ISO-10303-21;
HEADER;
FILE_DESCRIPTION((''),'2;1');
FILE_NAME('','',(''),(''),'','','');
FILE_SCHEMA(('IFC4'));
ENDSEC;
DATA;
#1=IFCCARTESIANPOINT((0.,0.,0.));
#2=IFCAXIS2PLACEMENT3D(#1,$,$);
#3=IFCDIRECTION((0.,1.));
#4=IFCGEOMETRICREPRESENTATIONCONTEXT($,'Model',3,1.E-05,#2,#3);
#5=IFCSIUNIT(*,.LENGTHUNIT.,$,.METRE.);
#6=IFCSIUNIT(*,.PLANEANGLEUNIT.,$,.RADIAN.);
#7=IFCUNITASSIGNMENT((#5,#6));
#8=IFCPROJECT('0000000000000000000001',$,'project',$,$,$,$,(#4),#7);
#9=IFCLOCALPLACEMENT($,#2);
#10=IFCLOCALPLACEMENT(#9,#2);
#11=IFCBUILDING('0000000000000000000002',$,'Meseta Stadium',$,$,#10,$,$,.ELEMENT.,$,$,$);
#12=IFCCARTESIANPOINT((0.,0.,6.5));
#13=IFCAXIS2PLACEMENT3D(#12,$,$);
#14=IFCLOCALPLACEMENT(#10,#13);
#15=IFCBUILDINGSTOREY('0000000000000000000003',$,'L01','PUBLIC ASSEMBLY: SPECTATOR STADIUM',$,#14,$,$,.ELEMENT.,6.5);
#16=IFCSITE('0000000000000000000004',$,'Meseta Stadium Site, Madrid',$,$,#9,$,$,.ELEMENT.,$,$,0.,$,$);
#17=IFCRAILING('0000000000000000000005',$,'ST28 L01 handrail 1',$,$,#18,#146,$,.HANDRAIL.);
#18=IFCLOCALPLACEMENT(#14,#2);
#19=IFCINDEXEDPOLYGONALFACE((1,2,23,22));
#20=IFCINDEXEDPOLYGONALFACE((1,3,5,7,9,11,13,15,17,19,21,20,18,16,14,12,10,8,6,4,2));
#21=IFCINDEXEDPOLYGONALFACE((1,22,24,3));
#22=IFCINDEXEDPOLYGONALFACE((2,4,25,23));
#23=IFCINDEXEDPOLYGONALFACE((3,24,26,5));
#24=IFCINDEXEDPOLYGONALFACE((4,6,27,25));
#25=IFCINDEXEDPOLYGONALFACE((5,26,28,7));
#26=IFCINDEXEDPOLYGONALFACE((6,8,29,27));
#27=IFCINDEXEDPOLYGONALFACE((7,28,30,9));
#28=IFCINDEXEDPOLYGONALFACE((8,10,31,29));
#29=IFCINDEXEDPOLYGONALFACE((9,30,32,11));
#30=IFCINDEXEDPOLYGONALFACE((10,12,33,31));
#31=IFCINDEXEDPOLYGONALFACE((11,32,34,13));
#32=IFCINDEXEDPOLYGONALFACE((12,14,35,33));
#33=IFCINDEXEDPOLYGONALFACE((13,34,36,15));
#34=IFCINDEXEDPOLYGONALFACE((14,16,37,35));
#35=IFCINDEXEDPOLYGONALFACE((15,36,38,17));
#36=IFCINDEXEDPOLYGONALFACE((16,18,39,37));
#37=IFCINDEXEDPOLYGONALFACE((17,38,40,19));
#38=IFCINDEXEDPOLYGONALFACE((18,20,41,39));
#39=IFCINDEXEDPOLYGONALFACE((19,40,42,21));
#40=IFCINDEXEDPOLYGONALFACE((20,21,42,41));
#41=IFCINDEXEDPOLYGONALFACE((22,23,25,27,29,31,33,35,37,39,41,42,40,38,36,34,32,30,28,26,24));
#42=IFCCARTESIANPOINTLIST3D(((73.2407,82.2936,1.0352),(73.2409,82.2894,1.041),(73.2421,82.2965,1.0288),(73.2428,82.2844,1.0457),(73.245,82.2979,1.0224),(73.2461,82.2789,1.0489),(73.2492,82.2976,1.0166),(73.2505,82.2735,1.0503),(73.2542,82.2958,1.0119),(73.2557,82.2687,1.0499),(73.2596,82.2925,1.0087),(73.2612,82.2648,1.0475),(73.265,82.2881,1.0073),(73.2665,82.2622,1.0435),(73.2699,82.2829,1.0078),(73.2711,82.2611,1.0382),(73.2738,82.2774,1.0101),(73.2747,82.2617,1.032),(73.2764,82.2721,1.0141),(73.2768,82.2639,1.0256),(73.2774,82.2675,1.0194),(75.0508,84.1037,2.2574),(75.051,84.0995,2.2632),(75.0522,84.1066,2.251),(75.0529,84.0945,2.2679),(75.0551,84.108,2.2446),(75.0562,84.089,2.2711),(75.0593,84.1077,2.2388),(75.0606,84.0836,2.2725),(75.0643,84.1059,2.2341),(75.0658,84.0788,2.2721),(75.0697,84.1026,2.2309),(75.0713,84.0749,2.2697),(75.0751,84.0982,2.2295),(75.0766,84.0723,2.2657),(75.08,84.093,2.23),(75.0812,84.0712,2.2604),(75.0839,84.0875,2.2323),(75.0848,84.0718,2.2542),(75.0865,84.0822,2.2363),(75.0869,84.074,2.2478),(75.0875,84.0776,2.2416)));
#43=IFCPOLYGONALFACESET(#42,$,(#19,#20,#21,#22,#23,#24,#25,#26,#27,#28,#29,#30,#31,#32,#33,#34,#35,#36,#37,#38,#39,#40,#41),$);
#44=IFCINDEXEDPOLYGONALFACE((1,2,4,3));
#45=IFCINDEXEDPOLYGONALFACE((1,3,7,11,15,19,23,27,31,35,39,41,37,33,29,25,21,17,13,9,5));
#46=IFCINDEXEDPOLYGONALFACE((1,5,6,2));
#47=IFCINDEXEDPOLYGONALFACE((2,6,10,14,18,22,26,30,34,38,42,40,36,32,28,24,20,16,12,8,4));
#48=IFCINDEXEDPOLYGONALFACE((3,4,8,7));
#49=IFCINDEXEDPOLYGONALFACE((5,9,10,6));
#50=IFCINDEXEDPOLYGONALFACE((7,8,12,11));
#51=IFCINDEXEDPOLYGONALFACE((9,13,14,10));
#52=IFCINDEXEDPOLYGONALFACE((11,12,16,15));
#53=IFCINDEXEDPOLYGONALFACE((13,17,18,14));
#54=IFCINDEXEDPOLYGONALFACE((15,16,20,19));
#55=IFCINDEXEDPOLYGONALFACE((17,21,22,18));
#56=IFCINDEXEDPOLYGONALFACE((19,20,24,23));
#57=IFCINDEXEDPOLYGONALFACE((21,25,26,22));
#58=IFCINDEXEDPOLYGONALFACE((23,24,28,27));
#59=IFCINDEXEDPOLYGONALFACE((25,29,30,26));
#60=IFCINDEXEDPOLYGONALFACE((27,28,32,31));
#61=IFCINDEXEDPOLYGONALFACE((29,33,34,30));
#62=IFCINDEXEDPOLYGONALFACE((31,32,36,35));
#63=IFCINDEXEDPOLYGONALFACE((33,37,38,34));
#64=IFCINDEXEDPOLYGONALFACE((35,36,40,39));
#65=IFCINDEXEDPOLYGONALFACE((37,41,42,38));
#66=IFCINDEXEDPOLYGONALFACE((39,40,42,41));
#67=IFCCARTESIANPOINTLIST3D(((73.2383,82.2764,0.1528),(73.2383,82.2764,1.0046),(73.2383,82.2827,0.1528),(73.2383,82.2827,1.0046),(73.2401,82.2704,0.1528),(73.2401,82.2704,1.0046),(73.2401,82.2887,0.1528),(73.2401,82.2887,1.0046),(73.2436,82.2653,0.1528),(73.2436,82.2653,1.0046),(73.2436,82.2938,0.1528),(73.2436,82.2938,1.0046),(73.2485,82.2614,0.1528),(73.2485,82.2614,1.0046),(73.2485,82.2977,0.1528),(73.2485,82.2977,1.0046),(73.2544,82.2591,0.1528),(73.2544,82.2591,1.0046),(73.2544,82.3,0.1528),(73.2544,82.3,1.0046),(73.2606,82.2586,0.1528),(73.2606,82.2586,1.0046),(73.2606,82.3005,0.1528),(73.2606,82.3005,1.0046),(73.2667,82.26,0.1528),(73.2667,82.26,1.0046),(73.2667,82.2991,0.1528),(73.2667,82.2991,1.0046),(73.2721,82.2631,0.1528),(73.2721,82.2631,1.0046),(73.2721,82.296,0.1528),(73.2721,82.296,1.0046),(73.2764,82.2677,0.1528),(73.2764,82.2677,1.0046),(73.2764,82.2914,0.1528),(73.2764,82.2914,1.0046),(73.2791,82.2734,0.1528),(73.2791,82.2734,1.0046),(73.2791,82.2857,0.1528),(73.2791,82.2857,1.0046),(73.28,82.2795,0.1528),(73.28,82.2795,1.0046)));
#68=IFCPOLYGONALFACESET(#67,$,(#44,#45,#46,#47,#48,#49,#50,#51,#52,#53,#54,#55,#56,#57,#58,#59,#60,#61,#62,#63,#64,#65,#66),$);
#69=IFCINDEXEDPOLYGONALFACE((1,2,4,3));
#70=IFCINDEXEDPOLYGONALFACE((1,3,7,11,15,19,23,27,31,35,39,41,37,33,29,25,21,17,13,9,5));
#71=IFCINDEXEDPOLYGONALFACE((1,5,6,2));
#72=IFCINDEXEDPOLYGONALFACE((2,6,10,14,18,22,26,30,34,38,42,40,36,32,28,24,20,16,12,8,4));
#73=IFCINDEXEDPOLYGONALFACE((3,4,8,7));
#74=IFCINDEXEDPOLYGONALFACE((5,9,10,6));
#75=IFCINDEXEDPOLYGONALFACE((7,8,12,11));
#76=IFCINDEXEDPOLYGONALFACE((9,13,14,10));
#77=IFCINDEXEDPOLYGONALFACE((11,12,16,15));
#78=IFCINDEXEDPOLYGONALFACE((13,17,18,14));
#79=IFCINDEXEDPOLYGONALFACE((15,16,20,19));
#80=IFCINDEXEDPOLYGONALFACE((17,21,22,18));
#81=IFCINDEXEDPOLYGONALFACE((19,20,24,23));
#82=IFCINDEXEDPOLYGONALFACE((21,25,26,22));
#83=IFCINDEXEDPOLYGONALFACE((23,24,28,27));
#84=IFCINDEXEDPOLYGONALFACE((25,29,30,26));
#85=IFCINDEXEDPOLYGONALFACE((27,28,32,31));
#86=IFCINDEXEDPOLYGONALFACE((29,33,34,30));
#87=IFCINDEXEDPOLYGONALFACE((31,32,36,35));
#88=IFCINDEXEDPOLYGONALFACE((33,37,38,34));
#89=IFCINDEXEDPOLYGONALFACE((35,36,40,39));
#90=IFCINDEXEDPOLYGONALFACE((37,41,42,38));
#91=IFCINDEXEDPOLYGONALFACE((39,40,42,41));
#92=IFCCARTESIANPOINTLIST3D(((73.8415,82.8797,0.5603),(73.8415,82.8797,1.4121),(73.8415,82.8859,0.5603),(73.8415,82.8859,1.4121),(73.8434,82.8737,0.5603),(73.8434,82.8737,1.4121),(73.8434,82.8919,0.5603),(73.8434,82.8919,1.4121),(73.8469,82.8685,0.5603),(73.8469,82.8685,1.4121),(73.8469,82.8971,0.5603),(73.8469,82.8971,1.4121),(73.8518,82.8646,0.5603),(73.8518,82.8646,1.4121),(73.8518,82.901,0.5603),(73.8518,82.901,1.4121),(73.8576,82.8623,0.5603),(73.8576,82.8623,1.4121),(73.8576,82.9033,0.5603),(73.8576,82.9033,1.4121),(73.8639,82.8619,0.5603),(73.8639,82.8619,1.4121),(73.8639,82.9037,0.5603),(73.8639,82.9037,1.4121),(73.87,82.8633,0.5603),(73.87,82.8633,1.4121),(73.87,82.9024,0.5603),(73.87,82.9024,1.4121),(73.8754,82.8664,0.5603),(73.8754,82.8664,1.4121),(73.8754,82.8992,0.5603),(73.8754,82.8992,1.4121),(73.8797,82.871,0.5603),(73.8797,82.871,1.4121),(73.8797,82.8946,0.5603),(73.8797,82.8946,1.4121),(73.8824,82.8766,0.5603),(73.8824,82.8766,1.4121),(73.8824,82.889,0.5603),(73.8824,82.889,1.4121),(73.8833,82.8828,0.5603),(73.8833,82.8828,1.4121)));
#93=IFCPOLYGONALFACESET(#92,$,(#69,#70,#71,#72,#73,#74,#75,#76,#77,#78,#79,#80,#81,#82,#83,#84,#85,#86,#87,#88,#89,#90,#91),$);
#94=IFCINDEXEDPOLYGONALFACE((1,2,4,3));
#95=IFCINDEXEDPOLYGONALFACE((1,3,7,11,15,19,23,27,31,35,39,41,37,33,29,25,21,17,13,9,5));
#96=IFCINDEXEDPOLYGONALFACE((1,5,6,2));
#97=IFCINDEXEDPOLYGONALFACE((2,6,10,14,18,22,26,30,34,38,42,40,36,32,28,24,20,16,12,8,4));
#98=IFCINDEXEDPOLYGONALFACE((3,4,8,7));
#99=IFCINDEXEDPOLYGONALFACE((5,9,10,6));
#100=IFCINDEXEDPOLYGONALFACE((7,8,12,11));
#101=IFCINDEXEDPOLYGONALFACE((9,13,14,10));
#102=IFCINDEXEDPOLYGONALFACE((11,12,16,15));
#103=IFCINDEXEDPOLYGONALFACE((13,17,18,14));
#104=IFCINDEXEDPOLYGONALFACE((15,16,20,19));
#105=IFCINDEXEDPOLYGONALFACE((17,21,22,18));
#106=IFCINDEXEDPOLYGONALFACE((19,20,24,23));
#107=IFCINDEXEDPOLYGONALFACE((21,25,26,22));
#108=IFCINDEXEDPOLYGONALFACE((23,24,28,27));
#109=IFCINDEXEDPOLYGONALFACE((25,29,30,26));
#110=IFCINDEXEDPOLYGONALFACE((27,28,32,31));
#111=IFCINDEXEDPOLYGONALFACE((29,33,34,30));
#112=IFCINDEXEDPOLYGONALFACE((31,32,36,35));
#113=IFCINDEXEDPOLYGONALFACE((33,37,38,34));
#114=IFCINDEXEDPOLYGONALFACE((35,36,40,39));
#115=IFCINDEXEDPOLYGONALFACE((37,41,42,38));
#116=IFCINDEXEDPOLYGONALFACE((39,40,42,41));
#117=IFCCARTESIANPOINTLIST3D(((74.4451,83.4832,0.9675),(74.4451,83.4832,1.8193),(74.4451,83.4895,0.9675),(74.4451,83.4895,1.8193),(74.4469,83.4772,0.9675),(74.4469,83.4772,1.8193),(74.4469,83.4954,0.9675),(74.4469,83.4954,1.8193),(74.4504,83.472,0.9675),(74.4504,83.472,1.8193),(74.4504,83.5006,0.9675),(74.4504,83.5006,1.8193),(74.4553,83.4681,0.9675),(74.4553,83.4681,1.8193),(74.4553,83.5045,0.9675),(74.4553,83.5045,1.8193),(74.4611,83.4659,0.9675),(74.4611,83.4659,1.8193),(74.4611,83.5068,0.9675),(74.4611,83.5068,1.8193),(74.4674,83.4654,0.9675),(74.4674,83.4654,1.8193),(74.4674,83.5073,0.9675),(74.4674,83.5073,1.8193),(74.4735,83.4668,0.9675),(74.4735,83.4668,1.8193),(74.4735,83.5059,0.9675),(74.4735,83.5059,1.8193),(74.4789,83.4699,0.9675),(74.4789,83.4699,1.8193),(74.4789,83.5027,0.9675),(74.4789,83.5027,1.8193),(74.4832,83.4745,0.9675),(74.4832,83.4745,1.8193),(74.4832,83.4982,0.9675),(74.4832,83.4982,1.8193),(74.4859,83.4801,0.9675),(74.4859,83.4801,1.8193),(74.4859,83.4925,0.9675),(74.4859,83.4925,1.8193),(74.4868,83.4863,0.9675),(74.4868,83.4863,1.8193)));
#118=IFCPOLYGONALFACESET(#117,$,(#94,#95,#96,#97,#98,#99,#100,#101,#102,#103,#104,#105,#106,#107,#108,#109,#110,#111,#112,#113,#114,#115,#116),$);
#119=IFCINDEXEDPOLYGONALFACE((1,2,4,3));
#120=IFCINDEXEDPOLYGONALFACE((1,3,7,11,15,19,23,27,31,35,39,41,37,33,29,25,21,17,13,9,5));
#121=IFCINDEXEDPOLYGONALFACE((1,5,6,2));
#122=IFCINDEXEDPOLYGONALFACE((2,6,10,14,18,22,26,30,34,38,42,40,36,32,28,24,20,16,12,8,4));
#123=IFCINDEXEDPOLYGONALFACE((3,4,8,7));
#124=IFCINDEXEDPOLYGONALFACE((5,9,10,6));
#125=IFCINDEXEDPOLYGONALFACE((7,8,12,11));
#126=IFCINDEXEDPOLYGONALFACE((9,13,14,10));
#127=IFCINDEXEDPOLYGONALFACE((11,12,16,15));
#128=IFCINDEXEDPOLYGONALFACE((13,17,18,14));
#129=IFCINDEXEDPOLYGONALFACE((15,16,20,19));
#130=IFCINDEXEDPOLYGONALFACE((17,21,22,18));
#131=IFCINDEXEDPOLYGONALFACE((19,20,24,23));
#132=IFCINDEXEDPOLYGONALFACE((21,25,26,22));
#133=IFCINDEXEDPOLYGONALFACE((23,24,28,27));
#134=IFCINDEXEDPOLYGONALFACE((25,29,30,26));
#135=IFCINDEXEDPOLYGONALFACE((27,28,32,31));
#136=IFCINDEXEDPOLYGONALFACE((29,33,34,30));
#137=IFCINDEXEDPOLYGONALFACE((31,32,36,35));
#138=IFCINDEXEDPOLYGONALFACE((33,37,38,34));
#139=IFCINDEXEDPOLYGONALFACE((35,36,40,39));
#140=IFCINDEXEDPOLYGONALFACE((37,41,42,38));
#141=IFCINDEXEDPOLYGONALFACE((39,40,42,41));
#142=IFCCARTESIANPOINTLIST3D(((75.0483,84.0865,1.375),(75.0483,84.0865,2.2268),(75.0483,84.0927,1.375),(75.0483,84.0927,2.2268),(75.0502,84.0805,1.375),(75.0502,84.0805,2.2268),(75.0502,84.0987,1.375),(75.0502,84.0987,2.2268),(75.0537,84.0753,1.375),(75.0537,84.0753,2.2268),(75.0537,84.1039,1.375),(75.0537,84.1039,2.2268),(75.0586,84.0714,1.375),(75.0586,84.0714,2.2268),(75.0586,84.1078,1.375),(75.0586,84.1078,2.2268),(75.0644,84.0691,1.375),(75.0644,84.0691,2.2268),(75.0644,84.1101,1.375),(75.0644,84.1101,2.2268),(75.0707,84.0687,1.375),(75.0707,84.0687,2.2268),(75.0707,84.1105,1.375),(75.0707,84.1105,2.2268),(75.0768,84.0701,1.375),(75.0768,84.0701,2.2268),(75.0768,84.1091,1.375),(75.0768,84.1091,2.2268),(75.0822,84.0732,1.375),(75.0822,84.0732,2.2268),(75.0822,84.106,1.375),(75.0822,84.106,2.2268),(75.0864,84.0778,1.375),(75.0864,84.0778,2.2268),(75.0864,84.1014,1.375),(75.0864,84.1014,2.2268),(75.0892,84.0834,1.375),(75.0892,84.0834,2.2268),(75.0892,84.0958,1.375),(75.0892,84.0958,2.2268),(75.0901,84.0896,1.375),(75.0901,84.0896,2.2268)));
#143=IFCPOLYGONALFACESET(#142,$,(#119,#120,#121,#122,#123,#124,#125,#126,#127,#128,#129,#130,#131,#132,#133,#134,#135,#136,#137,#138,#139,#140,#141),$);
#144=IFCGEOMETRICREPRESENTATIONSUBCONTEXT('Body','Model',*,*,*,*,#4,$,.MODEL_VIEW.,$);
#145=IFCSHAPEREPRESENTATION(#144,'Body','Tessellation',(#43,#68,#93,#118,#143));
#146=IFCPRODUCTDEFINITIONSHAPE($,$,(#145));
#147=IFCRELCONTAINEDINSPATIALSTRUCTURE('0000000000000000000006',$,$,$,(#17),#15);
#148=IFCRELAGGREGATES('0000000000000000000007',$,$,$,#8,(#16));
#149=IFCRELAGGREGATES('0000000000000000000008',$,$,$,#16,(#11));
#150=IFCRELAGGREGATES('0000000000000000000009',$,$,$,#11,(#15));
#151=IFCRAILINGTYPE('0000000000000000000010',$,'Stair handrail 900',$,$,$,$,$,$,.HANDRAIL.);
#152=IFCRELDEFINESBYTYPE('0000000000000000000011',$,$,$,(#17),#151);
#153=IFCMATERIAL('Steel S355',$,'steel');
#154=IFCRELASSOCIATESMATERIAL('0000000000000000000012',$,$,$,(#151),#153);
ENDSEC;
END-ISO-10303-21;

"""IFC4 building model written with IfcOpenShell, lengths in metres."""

from ifc_helpers import new_model, si_unit, direction, frame, origin, origin_2d, place, context, subcontext, project, spatial, circle, extrude, material, type_object, element, save


model = new_model("IFC4")

# Units and contexts
model_context = context("Model", 3, precision=1e-05, world=origin(), true_north=direction((0.0, 1.0)))
body_context = subcontext(model_context, "Body", "Model", "MODEL_VIEW")
ifc_project = project(units=[si_unit("LENGTHUNIT", "METRE"), si_unit("PLANEANGLEUNIT", "RADIAN")], contexts=[model_context])

# Site, building, storey
site_placement = place(None, origin())
site = spatial("IfcSite", under=ifc_project, at=site_placement, Name="Meseta Stadium Site, Madrid", CompositionType="ELEMENT", RefElevation=0.0)
building_placement = place(site_placement, origin())
building = spatial("IfcBuilding", under=site, at=building_placement, Name="Meseta Stadium", CompositionType="ELEMENT")
storey_placement = place(building_placement, frame((0.0, 0.0, 6.5)))
storey = spatial("IfcBuildingStorey", under=building, at=storey_placement, Name="L01", Description="PUBLIC ASSEMBLY: SPECTATOR STADIUM", CompositionType="ELEMENT", Elevation=6.5)

# Railing
ifc_material_1 = material(Name="Steel S355", Category="steel")
railing_type_1 = type_object("IfcRailingType", Name="Stair handrail 900", PredefinedType="HANDRAIL", material=ifc_material_1)
for number, where, name in (
    (1, (73.259, 82.2795, 0.1528), "ST28 L01 handrail 1"),
):
    element("IfcRailing", number, at=place(storey_placement, frame(where)), inside=storey, type_object=railing_type_1, Name=name, PredefinedType="HANDRAIL", context=body_context, shape_type="SweptSolid", body=[
        extrude(circle(Radius=0.0239, at=origin_2d()), frame((0.0, 0.0, 0.876), z_axis=(0.638108, 0.638108, 0.430856), x_axis=(-0.707107, 0.707107, 0.0)), (0.0, 0.0, 1.0), 2.8367),
        extrude(circle(Radius=0.021, at=origin_2d()), origin(), (0.0, 0.0, 1.0), 0.8518),
        extrude(circle(Radius=0.021, at=origin_2d()), frame((0.6033, 0.6033, 0.4075)), (0.0, 0.0, 1.0), 0.8518),
        extrude(circle(Radius=0.021, at=origin_2d()), frame((1.2068, 1.2068, 0.8147)), (0.0, 0.0, 1.0), 0.8518),
        extrude(circle(Radius=0.021, at=origin_2d()), frame((1.8101, 1.8101, 1.2222)), (0.0, 0.0, 1.0), 0.8518),
    ])

save(model, "model.ifc")
